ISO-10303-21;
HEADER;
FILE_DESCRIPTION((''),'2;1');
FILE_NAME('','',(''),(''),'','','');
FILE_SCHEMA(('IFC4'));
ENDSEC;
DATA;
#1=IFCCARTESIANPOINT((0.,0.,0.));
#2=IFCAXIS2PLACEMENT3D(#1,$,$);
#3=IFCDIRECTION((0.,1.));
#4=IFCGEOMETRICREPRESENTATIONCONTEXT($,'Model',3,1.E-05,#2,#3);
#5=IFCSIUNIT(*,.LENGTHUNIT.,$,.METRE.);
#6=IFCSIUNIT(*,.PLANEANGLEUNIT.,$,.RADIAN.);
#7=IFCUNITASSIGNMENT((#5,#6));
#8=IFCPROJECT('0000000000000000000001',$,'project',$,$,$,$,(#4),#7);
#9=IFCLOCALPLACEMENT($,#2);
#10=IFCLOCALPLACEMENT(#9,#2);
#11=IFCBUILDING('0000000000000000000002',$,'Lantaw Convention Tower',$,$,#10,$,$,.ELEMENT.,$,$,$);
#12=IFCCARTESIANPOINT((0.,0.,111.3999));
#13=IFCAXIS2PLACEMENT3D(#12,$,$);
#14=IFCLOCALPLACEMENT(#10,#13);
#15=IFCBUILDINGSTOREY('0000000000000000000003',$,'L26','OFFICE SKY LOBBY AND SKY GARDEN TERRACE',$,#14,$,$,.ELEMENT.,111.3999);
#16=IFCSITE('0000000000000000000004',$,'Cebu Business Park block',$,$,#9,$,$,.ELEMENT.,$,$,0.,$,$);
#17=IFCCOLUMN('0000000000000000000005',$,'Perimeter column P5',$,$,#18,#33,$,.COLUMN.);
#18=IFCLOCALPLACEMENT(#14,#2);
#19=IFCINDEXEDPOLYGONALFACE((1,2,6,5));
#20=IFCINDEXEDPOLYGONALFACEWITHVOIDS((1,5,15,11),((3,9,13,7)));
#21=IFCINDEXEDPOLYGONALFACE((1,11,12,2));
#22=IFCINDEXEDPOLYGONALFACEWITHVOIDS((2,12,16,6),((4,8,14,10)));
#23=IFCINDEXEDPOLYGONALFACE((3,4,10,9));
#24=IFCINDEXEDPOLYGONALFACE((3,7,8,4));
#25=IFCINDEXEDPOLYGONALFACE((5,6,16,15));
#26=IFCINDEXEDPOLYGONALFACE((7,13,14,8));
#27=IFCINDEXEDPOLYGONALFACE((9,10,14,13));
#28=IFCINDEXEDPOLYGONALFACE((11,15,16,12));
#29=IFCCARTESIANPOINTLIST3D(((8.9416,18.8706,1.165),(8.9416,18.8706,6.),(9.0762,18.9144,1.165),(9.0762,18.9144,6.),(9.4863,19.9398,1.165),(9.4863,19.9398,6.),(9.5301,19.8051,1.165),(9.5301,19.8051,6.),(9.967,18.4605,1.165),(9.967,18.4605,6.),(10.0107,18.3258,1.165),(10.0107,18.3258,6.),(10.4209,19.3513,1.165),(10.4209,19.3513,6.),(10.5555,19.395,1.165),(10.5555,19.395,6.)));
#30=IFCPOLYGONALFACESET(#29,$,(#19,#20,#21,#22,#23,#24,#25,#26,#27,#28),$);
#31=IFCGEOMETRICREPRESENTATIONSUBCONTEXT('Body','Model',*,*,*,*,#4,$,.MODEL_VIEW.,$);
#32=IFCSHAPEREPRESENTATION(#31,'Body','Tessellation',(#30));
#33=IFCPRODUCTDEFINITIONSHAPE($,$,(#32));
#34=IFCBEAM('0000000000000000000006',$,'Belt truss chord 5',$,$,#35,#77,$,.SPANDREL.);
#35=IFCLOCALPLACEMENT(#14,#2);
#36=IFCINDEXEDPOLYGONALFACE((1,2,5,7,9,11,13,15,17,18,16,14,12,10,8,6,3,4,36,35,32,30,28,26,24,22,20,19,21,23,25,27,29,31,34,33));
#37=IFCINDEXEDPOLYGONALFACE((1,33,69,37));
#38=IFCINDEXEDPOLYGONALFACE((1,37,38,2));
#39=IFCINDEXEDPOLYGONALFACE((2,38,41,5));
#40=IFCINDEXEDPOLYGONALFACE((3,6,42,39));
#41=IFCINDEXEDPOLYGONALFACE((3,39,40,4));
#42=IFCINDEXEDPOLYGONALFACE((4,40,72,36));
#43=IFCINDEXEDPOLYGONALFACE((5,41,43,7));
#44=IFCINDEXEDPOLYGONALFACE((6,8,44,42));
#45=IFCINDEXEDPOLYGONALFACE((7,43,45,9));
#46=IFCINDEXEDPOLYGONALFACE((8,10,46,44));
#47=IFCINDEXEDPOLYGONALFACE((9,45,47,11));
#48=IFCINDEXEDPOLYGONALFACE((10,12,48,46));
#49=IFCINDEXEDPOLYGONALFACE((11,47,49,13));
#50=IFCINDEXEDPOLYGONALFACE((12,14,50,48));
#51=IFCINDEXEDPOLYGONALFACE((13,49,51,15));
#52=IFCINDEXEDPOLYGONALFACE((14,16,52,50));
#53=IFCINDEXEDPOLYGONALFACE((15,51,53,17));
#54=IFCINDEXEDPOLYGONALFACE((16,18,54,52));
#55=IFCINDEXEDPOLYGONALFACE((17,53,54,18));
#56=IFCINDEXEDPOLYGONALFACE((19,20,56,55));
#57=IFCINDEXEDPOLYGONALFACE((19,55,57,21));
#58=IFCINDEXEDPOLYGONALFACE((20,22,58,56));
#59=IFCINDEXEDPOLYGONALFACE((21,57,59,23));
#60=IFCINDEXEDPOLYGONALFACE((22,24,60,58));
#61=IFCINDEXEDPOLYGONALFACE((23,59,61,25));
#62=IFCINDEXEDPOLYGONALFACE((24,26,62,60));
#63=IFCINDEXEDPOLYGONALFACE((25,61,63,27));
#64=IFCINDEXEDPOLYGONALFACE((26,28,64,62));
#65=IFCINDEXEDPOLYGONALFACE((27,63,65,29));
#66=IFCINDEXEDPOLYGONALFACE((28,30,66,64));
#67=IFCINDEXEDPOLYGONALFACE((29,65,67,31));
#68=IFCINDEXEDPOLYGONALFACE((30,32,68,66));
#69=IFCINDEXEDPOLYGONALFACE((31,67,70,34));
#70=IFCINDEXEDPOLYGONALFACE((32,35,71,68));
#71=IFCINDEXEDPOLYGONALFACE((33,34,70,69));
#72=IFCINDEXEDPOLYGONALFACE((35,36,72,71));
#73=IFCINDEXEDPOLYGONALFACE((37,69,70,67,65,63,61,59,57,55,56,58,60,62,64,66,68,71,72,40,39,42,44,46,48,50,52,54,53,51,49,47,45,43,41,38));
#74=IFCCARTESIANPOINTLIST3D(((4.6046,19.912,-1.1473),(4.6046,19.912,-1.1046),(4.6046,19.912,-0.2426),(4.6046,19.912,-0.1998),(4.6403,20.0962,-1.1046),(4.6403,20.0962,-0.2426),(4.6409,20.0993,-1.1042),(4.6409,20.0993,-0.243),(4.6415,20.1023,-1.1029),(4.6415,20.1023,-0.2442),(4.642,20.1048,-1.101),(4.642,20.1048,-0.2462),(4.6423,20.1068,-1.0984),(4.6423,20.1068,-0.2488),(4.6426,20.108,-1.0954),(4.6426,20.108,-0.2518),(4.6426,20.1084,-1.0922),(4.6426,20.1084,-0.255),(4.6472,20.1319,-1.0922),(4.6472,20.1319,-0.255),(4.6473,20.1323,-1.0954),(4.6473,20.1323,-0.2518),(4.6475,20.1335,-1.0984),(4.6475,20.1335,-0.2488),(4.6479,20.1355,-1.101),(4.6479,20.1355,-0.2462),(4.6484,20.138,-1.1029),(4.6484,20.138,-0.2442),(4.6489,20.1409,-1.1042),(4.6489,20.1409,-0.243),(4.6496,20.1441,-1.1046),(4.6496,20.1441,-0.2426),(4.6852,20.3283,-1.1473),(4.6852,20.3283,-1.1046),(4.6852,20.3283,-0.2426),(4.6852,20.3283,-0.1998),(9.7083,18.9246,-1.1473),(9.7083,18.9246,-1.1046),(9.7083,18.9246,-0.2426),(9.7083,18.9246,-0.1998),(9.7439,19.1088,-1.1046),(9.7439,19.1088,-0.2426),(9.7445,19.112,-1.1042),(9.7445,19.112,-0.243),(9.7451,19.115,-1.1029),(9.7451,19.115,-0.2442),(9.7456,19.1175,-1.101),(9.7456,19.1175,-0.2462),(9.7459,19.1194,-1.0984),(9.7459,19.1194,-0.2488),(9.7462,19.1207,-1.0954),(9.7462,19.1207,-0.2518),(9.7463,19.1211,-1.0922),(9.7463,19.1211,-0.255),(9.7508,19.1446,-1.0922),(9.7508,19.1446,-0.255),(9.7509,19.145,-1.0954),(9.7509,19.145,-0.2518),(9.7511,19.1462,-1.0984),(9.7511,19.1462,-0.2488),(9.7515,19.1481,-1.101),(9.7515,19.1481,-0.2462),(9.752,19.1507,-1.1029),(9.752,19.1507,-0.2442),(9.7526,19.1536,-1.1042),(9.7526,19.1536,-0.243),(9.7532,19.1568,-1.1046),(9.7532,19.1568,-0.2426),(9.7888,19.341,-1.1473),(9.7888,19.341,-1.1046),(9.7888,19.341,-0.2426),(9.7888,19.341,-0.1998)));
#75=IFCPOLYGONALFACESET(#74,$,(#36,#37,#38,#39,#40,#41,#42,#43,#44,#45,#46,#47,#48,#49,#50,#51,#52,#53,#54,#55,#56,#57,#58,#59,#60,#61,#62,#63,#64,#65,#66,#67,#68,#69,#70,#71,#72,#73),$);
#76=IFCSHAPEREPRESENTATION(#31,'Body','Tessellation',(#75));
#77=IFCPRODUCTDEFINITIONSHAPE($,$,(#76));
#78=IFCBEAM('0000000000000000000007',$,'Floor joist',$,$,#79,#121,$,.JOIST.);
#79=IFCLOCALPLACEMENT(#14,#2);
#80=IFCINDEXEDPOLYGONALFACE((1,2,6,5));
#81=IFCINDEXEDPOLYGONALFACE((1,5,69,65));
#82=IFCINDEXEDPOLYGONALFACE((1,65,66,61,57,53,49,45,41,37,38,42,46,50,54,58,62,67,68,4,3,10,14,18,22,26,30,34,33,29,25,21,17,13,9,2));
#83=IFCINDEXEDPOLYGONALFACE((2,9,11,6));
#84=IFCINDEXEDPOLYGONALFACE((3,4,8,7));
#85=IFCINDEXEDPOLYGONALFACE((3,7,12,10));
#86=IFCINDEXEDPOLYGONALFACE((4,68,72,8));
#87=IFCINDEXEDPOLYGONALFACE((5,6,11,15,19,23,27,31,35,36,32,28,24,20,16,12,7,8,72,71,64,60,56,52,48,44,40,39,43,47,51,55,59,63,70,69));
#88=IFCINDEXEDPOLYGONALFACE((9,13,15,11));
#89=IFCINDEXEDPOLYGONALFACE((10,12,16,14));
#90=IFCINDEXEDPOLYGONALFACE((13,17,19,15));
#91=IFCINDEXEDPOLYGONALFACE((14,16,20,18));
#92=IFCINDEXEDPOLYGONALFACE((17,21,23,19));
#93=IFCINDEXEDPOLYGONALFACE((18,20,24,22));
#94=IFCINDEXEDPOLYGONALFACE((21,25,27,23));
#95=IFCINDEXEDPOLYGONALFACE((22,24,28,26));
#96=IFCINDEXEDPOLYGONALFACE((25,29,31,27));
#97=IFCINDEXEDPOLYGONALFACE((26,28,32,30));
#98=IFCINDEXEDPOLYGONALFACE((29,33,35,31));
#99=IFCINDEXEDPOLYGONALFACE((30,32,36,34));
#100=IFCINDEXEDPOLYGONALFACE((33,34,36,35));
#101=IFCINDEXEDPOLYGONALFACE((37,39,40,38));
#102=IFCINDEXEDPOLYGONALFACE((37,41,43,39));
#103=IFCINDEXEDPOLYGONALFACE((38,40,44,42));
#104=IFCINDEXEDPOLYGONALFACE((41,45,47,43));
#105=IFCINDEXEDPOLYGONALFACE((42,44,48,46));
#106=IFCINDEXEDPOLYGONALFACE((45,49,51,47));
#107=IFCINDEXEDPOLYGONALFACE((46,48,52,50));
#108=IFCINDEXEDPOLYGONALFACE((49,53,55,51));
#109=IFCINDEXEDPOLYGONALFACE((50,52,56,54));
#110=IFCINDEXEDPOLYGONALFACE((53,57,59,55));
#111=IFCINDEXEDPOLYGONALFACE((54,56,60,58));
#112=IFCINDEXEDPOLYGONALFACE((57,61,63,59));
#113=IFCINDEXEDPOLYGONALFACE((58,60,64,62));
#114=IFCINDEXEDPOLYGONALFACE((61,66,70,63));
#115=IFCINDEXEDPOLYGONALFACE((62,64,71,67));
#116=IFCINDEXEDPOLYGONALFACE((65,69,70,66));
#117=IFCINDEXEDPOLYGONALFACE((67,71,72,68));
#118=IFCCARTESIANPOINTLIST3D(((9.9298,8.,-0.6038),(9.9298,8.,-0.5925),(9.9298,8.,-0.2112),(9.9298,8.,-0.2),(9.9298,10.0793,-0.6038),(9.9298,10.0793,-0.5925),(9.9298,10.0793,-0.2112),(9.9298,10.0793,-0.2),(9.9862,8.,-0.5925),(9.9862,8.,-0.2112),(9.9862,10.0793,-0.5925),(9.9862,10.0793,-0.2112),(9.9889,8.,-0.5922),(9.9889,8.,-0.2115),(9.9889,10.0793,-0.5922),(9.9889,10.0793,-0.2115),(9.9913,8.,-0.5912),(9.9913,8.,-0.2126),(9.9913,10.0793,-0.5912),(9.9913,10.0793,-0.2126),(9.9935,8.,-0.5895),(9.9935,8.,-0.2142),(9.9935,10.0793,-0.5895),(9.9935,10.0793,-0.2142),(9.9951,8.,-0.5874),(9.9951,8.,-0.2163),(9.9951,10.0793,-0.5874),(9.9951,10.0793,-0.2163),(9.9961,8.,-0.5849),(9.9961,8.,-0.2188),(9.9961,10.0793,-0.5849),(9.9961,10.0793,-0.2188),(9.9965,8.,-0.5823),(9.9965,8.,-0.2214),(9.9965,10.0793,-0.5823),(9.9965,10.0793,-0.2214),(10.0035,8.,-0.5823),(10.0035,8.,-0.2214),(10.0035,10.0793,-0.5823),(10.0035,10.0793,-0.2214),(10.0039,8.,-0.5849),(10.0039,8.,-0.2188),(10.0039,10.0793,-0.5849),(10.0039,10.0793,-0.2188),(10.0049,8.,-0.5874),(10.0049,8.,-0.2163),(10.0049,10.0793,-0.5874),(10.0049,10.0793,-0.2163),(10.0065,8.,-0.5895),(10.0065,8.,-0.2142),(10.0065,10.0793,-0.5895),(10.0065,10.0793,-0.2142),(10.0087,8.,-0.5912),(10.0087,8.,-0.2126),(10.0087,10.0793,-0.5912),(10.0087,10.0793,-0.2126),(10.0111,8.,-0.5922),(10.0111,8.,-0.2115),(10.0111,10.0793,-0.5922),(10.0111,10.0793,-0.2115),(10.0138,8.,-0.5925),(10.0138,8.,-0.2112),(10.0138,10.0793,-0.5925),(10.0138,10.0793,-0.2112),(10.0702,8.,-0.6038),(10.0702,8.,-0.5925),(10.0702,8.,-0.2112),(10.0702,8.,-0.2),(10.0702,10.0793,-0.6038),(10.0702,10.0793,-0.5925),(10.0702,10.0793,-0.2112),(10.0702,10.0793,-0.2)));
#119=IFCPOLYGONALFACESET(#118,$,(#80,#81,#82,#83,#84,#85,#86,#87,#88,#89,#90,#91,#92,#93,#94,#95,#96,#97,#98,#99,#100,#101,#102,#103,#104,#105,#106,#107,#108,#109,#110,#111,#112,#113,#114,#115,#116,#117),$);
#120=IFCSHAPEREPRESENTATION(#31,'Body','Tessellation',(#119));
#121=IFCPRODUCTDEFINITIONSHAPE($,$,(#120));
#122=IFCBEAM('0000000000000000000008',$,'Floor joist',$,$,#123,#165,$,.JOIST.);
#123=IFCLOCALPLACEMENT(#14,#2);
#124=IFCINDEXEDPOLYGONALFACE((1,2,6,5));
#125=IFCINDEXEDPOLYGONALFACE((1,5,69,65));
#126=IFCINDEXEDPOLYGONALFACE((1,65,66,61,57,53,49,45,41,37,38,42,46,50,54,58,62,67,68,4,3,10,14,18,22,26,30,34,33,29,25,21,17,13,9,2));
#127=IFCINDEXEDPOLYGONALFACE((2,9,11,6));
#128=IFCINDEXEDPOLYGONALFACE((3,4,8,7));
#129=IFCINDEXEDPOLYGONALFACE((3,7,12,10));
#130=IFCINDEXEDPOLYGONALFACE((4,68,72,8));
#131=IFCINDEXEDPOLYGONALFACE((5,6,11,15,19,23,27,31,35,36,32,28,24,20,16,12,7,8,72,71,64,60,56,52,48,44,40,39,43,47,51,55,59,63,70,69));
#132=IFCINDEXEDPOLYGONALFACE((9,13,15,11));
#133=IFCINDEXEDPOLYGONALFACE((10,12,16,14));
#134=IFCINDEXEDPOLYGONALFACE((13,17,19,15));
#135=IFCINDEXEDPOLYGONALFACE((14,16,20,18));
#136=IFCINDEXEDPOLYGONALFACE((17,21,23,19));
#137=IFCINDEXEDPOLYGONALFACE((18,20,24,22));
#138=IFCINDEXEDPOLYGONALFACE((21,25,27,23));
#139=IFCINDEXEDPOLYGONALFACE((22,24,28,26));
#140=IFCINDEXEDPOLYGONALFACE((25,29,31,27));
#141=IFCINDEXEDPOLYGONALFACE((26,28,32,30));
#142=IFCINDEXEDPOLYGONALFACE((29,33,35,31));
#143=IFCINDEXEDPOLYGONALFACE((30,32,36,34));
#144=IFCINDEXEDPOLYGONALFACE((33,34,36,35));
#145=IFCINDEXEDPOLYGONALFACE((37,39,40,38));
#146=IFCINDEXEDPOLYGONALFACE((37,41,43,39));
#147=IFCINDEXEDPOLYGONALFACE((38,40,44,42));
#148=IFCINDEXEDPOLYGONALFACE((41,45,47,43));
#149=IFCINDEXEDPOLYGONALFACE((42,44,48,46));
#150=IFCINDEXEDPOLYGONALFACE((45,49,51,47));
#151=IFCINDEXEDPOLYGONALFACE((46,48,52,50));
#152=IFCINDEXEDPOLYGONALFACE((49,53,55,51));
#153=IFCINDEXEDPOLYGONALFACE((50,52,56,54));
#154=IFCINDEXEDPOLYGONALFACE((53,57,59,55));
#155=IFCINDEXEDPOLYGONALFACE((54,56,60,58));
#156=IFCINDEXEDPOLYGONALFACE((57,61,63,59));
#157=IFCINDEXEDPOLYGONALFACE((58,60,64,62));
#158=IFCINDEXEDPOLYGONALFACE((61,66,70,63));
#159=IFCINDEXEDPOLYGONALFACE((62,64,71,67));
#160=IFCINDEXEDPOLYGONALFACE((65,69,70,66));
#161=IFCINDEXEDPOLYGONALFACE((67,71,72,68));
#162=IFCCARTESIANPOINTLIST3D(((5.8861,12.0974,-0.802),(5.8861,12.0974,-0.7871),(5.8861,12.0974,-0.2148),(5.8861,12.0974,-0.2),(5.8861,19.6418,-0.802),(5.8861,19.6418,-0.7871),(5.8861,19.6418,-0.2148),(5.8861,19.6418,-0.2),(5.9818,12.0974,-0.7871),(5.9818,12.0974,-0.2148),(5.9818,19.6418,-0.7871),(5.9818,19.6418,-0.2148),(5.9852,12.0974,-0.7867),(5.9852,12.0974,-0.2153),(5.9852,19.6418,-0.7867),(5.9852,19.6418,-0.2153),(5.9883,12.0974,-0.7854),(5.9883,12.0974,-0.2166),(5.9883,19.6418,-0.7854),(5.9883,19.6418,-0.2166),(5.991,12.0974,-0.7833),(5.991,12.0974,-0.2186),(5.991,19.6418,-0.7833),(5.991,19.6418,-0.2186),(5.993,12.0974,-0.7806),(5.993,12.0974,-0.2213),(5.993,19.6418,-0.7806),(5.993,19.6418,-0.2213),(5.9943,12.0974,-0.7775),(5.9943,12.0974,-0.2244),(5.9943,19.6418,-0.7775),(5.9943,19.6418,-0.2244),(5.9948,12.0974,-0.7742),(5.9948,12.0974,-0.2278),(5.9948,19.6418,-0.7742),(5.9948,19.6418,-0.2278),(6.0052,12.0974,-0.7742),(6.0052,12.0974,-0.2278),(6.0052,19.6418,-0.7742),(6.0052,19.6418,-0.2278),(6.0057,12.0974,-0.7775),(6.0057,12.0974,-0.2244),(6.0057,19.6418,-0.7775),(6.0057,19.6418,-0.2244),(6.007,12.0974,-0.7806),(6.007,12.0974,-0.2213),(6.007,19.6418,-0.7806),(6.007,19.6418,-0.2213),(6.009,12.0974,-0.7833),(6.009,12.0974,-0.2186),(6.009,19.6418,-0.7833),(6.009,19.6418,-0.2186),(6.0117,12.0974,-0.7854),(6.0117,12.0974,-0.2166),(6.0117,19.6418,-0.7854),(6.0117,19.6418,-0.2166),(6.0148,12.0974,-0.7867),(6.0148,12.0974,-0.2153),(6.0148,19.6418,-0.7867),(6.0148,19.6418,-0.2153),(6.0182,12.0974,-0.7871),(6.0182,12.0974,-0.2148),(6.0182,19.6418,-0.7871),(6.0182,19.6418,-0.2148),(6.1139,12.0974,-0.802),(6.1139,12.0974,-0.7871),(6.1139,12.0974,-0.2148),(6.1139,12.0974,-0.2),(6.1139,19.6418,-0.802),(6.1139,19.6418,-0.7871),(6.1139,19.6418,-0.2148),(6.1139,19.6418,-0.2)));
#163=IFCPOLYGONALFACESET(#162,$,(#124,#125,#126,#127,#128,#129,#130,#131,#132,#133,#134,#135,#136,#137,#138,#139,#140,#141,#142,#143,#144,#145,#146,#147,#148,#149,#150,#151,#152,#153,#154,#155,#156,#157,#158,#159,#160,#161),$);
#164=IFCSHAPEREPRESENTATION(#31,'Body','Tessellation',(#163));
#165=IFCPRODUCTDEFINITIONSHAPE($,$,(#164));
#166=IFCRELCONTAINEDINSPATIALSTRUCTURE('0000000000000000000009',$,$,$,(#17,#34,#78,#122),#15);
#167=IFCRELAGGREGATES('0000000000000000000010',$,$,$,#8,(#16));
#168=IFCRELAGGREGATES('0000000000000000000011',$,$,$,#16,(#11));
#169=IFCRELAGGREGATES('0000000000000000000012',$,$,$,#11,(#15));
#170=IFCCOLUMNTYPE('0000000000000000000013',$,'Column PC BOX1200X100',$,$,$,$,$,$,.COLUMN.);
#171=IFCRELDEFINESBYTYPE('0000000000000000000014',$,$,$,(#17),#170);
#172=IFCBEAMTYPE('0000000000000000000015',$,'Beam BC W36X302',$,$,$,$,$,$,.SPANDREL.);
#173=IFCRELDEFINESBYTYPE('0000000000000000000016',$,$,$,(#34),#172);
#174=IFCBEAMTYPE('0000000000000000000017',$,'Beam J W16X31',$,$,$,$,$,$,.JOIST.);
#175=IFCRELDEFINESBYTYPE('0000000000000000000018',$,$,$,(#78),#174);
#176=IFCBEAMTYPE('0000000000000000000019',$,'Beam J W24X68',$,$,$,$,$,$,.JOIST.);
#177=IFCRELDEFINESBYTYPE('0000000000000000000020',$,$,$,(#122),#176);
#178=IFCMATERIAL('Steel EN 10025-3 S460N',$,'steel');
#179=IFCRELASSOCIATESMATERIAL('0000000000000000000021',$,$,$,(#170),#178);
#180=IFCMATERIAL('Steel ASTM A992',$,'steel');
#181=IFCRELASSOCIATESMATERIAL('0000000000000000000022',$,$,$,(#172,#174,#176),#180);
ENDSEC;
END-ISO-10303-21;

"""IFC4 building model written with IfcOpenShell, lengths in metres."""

from ifc_helpers import new_model, si_unit, direction, frame, origin, origin_2d, place, context, subcontext, project, spatial, rectangle, hollow_rectangle, i_section, extrude, material, material_profile, profile_set, type_object, element, save


model = new_model("IFC4")

# Units and contexts
model_context = context("Model", 3, precision=1e-05, world=origin(), true_north=direction((0.0, 1.0)))
body_context = subcontext(model_context, "Body", "Model", "MODEL_VIEW")
ifc_project = project(units=[si_unit("LENGTHUNIT", "METRE"), si_unit("PLANEANGLEUNIT", "RADIAN")], contexts=[model_context])

# Site, building, storey
site_placement = place(None, origin())
site = spatial("IfcSite", under=ifc_project, at=site_placement, Name="Cebu Business Park block", CompositionType="ELEMENT", RefElevation=0.0)
building_placement = place(site_placement, origin())
building = spatial("IfcBuilding", under=site, at=building_placement, Name="Lantaw Convention Tower", CompositionType="ELEMENT")
storey_placement = place(building_placement, frame((0.0, 0.0, 111.3999)))
storey = spatial("IfcBuildingStorey", under=building, at=storey_placement, Name="L26", Description="OFFICE SKY LOBBY AND SKY GARDEN TERRACE", CompositionType="ELEMENT", Elevation=111.3999)

# Column
ifc_material_1 = material(Name="Steel EN 10025-3 S460N", Category="steel")
ifc_material_profile_1 = material_profile(ifc_material_1, hollow_rectangle(XDim=1.2, YDim=1.2, WallThickness=0.1001, at=origin_2d()), Name="BOX1200X100")
ifc_material_2 = material(Name="Concrete C60/75", Category="concrete")
ifc_material_profile_2 = material_profile(ifc_material_2, rectangle(XDim=1.0, YDim=1.0, at=origin_2d()), Name="Concrete fill of BOX1200X100")
ifc_profile_set_1 = profile_set([ifc_material_profile_1, ifc_material_profile_2], Name="Steel EN 10025-3 S460N")
column_type = type_object("IfcColumnType", Name="Column PC BOX1200X100", PredefinedType="COLUMN", material=ifc_profile_set_1)
column_placement = place(storey_placement, frame((9.7485, 19.1328, 1.165), z_axis=(0.0, 0.0, 1.0), x_axis=(0.45399, 0.891007, 0.0)))
element("IfcColumn", 1, at=column_placement, inside=storey, type_object=column_type, Name="Perimeter column P5", PredefinedType="COLUMN", context=body_context, shape_type="SweptSolid", body=[
    extrude(hollow_rectangle(XDim=1.2, YDim=1.2, WallThickness=0.1001, at=origin_2d()), origin(), (0.0, 0.0, 1.0), 4.835),
])

# Beams
ifc_material_3 = material(Name="Steel ASTM A992", Category="steel")
ifc_material_profile_3 = material_profile(ifc_material_3, i_section(OverallWidth=0.4241, OverallDepth=0.9475, WebThickness=0.0239, FlangeThickness=0.0427, FilletRadius=0.0125, at=origin_2d()), Name="W36X302")
ifc_profile_set_2 = profile_set([ifc_material_profile_3], Name="Steel ASTM A992")
beam_type_1 = type_object("IfcBeamType", Name="Beam BC W36X302", PredefinedType="SPANDREL", material=ifc_profile_set_2)
beam_1_placement = place(storey_placement, frame((9.7485, 19.1328, -0.6736), z_axis=(-0.981797, 0.189934, 0.0), x_axis=(-0.189934, -0.981797, 0.0)))
element("IfcBeam", 2, at=beam_1_placement, inside=storey, type_object=beam_type_1, Name="Belt truss chord 5", PredefinedType="SPANDREL", context=body_context, shape_type="SweptSolid", body=[
    extrude(i_section(OverallWidth=0.4241, OverallDepth=0.9475, WebThickness=0.0239, FlangeThickness=0.0427, FilletRadius=0.0125, at=origin_2d()), origin(), (0.0, 0.0, 1.0), 5.1982),
])
ifc_material_profile_4 = material_profile(ifc_material_3, i_section(OverallWidth=0.1404, OverallDepth=0.4038, WebThickness=0.0071, FlangeThickness=0.0112, FilletRadius=0.0103, at=origin_2d()), Name="W16X31")
ifc_profile_set_3 = profile_set([ifc_material_profile_4], Name="Steel ASTM A992")
beam_type_2 = type_object("IfcBeamType", Name="Beam J W16X31", PredefinedType="JOIST", material=ifc_profile_set_3)
beam_2_placement = place(storey_placement, frame((10.0, 8.0, -0.4019), z_axis=(0.0, 1.0, 0.0), x_axis=(-1.0, 0.0, 0.0)))
element("IfcBeam", 3, at=beam_2_placement, inside=storey, type_object=beam_type_2, Name="Floor joist", PredefinedType="JOIST", context=body_context, shape_type="SweptSolid", body=[
    extrude(i_section(OverallWidth=0.1404, OverallDepth=0.4038, WebThickness=0.0071, FlangeThickness=0.0112, FilletRadius=0.0103, at=origin_2d()), origin(), (0.0, 0.0, 1.0), 2.0793),
])
ifc_material_profile_5 = material_profile(ifc_material_3, i_section(OverallWidth=0.2278, OverallDepth=0.6021, WebThickness=0.0105, FlangeThickness=0.0149, FilletRadius=0.0129, at=origin_2d()), Name="W24X68")
ifc_profile_set_4 = profile_set([ifc_material_profile_5], Name="Steel ASTM A992")
beam_type_3 = type_object("IfcBeamType", Name="Beam J W24X68", PredefinedType="JOIST", material=ifc_profile_set_4)
beam_3_placement = place(storey_placement, frame((6.0, 12.0974, -0.501), z_axis=(0.0, 1.0, 0.0), x_axis=(-1.0, 0.0, 0.0)))
element("IfcBeam", 4, at=beam_3_placement, inside=storey, type_object=beam_type_3, Name="Floor joist", PredefinedType="JOIST", context=body_context, shape_type="SweptSolid", body=[
    extrude(i_section(OverallWidth=0.2278, OverallDepth=0.6021, WebThickness=0.0105, FlangeThickness=0.0149, FilletRadius=0.0129, at=origin_2d()), origin(), (0.0, 0.0, 1.0), 7.5444),
])

save(model, "model.ifc")
